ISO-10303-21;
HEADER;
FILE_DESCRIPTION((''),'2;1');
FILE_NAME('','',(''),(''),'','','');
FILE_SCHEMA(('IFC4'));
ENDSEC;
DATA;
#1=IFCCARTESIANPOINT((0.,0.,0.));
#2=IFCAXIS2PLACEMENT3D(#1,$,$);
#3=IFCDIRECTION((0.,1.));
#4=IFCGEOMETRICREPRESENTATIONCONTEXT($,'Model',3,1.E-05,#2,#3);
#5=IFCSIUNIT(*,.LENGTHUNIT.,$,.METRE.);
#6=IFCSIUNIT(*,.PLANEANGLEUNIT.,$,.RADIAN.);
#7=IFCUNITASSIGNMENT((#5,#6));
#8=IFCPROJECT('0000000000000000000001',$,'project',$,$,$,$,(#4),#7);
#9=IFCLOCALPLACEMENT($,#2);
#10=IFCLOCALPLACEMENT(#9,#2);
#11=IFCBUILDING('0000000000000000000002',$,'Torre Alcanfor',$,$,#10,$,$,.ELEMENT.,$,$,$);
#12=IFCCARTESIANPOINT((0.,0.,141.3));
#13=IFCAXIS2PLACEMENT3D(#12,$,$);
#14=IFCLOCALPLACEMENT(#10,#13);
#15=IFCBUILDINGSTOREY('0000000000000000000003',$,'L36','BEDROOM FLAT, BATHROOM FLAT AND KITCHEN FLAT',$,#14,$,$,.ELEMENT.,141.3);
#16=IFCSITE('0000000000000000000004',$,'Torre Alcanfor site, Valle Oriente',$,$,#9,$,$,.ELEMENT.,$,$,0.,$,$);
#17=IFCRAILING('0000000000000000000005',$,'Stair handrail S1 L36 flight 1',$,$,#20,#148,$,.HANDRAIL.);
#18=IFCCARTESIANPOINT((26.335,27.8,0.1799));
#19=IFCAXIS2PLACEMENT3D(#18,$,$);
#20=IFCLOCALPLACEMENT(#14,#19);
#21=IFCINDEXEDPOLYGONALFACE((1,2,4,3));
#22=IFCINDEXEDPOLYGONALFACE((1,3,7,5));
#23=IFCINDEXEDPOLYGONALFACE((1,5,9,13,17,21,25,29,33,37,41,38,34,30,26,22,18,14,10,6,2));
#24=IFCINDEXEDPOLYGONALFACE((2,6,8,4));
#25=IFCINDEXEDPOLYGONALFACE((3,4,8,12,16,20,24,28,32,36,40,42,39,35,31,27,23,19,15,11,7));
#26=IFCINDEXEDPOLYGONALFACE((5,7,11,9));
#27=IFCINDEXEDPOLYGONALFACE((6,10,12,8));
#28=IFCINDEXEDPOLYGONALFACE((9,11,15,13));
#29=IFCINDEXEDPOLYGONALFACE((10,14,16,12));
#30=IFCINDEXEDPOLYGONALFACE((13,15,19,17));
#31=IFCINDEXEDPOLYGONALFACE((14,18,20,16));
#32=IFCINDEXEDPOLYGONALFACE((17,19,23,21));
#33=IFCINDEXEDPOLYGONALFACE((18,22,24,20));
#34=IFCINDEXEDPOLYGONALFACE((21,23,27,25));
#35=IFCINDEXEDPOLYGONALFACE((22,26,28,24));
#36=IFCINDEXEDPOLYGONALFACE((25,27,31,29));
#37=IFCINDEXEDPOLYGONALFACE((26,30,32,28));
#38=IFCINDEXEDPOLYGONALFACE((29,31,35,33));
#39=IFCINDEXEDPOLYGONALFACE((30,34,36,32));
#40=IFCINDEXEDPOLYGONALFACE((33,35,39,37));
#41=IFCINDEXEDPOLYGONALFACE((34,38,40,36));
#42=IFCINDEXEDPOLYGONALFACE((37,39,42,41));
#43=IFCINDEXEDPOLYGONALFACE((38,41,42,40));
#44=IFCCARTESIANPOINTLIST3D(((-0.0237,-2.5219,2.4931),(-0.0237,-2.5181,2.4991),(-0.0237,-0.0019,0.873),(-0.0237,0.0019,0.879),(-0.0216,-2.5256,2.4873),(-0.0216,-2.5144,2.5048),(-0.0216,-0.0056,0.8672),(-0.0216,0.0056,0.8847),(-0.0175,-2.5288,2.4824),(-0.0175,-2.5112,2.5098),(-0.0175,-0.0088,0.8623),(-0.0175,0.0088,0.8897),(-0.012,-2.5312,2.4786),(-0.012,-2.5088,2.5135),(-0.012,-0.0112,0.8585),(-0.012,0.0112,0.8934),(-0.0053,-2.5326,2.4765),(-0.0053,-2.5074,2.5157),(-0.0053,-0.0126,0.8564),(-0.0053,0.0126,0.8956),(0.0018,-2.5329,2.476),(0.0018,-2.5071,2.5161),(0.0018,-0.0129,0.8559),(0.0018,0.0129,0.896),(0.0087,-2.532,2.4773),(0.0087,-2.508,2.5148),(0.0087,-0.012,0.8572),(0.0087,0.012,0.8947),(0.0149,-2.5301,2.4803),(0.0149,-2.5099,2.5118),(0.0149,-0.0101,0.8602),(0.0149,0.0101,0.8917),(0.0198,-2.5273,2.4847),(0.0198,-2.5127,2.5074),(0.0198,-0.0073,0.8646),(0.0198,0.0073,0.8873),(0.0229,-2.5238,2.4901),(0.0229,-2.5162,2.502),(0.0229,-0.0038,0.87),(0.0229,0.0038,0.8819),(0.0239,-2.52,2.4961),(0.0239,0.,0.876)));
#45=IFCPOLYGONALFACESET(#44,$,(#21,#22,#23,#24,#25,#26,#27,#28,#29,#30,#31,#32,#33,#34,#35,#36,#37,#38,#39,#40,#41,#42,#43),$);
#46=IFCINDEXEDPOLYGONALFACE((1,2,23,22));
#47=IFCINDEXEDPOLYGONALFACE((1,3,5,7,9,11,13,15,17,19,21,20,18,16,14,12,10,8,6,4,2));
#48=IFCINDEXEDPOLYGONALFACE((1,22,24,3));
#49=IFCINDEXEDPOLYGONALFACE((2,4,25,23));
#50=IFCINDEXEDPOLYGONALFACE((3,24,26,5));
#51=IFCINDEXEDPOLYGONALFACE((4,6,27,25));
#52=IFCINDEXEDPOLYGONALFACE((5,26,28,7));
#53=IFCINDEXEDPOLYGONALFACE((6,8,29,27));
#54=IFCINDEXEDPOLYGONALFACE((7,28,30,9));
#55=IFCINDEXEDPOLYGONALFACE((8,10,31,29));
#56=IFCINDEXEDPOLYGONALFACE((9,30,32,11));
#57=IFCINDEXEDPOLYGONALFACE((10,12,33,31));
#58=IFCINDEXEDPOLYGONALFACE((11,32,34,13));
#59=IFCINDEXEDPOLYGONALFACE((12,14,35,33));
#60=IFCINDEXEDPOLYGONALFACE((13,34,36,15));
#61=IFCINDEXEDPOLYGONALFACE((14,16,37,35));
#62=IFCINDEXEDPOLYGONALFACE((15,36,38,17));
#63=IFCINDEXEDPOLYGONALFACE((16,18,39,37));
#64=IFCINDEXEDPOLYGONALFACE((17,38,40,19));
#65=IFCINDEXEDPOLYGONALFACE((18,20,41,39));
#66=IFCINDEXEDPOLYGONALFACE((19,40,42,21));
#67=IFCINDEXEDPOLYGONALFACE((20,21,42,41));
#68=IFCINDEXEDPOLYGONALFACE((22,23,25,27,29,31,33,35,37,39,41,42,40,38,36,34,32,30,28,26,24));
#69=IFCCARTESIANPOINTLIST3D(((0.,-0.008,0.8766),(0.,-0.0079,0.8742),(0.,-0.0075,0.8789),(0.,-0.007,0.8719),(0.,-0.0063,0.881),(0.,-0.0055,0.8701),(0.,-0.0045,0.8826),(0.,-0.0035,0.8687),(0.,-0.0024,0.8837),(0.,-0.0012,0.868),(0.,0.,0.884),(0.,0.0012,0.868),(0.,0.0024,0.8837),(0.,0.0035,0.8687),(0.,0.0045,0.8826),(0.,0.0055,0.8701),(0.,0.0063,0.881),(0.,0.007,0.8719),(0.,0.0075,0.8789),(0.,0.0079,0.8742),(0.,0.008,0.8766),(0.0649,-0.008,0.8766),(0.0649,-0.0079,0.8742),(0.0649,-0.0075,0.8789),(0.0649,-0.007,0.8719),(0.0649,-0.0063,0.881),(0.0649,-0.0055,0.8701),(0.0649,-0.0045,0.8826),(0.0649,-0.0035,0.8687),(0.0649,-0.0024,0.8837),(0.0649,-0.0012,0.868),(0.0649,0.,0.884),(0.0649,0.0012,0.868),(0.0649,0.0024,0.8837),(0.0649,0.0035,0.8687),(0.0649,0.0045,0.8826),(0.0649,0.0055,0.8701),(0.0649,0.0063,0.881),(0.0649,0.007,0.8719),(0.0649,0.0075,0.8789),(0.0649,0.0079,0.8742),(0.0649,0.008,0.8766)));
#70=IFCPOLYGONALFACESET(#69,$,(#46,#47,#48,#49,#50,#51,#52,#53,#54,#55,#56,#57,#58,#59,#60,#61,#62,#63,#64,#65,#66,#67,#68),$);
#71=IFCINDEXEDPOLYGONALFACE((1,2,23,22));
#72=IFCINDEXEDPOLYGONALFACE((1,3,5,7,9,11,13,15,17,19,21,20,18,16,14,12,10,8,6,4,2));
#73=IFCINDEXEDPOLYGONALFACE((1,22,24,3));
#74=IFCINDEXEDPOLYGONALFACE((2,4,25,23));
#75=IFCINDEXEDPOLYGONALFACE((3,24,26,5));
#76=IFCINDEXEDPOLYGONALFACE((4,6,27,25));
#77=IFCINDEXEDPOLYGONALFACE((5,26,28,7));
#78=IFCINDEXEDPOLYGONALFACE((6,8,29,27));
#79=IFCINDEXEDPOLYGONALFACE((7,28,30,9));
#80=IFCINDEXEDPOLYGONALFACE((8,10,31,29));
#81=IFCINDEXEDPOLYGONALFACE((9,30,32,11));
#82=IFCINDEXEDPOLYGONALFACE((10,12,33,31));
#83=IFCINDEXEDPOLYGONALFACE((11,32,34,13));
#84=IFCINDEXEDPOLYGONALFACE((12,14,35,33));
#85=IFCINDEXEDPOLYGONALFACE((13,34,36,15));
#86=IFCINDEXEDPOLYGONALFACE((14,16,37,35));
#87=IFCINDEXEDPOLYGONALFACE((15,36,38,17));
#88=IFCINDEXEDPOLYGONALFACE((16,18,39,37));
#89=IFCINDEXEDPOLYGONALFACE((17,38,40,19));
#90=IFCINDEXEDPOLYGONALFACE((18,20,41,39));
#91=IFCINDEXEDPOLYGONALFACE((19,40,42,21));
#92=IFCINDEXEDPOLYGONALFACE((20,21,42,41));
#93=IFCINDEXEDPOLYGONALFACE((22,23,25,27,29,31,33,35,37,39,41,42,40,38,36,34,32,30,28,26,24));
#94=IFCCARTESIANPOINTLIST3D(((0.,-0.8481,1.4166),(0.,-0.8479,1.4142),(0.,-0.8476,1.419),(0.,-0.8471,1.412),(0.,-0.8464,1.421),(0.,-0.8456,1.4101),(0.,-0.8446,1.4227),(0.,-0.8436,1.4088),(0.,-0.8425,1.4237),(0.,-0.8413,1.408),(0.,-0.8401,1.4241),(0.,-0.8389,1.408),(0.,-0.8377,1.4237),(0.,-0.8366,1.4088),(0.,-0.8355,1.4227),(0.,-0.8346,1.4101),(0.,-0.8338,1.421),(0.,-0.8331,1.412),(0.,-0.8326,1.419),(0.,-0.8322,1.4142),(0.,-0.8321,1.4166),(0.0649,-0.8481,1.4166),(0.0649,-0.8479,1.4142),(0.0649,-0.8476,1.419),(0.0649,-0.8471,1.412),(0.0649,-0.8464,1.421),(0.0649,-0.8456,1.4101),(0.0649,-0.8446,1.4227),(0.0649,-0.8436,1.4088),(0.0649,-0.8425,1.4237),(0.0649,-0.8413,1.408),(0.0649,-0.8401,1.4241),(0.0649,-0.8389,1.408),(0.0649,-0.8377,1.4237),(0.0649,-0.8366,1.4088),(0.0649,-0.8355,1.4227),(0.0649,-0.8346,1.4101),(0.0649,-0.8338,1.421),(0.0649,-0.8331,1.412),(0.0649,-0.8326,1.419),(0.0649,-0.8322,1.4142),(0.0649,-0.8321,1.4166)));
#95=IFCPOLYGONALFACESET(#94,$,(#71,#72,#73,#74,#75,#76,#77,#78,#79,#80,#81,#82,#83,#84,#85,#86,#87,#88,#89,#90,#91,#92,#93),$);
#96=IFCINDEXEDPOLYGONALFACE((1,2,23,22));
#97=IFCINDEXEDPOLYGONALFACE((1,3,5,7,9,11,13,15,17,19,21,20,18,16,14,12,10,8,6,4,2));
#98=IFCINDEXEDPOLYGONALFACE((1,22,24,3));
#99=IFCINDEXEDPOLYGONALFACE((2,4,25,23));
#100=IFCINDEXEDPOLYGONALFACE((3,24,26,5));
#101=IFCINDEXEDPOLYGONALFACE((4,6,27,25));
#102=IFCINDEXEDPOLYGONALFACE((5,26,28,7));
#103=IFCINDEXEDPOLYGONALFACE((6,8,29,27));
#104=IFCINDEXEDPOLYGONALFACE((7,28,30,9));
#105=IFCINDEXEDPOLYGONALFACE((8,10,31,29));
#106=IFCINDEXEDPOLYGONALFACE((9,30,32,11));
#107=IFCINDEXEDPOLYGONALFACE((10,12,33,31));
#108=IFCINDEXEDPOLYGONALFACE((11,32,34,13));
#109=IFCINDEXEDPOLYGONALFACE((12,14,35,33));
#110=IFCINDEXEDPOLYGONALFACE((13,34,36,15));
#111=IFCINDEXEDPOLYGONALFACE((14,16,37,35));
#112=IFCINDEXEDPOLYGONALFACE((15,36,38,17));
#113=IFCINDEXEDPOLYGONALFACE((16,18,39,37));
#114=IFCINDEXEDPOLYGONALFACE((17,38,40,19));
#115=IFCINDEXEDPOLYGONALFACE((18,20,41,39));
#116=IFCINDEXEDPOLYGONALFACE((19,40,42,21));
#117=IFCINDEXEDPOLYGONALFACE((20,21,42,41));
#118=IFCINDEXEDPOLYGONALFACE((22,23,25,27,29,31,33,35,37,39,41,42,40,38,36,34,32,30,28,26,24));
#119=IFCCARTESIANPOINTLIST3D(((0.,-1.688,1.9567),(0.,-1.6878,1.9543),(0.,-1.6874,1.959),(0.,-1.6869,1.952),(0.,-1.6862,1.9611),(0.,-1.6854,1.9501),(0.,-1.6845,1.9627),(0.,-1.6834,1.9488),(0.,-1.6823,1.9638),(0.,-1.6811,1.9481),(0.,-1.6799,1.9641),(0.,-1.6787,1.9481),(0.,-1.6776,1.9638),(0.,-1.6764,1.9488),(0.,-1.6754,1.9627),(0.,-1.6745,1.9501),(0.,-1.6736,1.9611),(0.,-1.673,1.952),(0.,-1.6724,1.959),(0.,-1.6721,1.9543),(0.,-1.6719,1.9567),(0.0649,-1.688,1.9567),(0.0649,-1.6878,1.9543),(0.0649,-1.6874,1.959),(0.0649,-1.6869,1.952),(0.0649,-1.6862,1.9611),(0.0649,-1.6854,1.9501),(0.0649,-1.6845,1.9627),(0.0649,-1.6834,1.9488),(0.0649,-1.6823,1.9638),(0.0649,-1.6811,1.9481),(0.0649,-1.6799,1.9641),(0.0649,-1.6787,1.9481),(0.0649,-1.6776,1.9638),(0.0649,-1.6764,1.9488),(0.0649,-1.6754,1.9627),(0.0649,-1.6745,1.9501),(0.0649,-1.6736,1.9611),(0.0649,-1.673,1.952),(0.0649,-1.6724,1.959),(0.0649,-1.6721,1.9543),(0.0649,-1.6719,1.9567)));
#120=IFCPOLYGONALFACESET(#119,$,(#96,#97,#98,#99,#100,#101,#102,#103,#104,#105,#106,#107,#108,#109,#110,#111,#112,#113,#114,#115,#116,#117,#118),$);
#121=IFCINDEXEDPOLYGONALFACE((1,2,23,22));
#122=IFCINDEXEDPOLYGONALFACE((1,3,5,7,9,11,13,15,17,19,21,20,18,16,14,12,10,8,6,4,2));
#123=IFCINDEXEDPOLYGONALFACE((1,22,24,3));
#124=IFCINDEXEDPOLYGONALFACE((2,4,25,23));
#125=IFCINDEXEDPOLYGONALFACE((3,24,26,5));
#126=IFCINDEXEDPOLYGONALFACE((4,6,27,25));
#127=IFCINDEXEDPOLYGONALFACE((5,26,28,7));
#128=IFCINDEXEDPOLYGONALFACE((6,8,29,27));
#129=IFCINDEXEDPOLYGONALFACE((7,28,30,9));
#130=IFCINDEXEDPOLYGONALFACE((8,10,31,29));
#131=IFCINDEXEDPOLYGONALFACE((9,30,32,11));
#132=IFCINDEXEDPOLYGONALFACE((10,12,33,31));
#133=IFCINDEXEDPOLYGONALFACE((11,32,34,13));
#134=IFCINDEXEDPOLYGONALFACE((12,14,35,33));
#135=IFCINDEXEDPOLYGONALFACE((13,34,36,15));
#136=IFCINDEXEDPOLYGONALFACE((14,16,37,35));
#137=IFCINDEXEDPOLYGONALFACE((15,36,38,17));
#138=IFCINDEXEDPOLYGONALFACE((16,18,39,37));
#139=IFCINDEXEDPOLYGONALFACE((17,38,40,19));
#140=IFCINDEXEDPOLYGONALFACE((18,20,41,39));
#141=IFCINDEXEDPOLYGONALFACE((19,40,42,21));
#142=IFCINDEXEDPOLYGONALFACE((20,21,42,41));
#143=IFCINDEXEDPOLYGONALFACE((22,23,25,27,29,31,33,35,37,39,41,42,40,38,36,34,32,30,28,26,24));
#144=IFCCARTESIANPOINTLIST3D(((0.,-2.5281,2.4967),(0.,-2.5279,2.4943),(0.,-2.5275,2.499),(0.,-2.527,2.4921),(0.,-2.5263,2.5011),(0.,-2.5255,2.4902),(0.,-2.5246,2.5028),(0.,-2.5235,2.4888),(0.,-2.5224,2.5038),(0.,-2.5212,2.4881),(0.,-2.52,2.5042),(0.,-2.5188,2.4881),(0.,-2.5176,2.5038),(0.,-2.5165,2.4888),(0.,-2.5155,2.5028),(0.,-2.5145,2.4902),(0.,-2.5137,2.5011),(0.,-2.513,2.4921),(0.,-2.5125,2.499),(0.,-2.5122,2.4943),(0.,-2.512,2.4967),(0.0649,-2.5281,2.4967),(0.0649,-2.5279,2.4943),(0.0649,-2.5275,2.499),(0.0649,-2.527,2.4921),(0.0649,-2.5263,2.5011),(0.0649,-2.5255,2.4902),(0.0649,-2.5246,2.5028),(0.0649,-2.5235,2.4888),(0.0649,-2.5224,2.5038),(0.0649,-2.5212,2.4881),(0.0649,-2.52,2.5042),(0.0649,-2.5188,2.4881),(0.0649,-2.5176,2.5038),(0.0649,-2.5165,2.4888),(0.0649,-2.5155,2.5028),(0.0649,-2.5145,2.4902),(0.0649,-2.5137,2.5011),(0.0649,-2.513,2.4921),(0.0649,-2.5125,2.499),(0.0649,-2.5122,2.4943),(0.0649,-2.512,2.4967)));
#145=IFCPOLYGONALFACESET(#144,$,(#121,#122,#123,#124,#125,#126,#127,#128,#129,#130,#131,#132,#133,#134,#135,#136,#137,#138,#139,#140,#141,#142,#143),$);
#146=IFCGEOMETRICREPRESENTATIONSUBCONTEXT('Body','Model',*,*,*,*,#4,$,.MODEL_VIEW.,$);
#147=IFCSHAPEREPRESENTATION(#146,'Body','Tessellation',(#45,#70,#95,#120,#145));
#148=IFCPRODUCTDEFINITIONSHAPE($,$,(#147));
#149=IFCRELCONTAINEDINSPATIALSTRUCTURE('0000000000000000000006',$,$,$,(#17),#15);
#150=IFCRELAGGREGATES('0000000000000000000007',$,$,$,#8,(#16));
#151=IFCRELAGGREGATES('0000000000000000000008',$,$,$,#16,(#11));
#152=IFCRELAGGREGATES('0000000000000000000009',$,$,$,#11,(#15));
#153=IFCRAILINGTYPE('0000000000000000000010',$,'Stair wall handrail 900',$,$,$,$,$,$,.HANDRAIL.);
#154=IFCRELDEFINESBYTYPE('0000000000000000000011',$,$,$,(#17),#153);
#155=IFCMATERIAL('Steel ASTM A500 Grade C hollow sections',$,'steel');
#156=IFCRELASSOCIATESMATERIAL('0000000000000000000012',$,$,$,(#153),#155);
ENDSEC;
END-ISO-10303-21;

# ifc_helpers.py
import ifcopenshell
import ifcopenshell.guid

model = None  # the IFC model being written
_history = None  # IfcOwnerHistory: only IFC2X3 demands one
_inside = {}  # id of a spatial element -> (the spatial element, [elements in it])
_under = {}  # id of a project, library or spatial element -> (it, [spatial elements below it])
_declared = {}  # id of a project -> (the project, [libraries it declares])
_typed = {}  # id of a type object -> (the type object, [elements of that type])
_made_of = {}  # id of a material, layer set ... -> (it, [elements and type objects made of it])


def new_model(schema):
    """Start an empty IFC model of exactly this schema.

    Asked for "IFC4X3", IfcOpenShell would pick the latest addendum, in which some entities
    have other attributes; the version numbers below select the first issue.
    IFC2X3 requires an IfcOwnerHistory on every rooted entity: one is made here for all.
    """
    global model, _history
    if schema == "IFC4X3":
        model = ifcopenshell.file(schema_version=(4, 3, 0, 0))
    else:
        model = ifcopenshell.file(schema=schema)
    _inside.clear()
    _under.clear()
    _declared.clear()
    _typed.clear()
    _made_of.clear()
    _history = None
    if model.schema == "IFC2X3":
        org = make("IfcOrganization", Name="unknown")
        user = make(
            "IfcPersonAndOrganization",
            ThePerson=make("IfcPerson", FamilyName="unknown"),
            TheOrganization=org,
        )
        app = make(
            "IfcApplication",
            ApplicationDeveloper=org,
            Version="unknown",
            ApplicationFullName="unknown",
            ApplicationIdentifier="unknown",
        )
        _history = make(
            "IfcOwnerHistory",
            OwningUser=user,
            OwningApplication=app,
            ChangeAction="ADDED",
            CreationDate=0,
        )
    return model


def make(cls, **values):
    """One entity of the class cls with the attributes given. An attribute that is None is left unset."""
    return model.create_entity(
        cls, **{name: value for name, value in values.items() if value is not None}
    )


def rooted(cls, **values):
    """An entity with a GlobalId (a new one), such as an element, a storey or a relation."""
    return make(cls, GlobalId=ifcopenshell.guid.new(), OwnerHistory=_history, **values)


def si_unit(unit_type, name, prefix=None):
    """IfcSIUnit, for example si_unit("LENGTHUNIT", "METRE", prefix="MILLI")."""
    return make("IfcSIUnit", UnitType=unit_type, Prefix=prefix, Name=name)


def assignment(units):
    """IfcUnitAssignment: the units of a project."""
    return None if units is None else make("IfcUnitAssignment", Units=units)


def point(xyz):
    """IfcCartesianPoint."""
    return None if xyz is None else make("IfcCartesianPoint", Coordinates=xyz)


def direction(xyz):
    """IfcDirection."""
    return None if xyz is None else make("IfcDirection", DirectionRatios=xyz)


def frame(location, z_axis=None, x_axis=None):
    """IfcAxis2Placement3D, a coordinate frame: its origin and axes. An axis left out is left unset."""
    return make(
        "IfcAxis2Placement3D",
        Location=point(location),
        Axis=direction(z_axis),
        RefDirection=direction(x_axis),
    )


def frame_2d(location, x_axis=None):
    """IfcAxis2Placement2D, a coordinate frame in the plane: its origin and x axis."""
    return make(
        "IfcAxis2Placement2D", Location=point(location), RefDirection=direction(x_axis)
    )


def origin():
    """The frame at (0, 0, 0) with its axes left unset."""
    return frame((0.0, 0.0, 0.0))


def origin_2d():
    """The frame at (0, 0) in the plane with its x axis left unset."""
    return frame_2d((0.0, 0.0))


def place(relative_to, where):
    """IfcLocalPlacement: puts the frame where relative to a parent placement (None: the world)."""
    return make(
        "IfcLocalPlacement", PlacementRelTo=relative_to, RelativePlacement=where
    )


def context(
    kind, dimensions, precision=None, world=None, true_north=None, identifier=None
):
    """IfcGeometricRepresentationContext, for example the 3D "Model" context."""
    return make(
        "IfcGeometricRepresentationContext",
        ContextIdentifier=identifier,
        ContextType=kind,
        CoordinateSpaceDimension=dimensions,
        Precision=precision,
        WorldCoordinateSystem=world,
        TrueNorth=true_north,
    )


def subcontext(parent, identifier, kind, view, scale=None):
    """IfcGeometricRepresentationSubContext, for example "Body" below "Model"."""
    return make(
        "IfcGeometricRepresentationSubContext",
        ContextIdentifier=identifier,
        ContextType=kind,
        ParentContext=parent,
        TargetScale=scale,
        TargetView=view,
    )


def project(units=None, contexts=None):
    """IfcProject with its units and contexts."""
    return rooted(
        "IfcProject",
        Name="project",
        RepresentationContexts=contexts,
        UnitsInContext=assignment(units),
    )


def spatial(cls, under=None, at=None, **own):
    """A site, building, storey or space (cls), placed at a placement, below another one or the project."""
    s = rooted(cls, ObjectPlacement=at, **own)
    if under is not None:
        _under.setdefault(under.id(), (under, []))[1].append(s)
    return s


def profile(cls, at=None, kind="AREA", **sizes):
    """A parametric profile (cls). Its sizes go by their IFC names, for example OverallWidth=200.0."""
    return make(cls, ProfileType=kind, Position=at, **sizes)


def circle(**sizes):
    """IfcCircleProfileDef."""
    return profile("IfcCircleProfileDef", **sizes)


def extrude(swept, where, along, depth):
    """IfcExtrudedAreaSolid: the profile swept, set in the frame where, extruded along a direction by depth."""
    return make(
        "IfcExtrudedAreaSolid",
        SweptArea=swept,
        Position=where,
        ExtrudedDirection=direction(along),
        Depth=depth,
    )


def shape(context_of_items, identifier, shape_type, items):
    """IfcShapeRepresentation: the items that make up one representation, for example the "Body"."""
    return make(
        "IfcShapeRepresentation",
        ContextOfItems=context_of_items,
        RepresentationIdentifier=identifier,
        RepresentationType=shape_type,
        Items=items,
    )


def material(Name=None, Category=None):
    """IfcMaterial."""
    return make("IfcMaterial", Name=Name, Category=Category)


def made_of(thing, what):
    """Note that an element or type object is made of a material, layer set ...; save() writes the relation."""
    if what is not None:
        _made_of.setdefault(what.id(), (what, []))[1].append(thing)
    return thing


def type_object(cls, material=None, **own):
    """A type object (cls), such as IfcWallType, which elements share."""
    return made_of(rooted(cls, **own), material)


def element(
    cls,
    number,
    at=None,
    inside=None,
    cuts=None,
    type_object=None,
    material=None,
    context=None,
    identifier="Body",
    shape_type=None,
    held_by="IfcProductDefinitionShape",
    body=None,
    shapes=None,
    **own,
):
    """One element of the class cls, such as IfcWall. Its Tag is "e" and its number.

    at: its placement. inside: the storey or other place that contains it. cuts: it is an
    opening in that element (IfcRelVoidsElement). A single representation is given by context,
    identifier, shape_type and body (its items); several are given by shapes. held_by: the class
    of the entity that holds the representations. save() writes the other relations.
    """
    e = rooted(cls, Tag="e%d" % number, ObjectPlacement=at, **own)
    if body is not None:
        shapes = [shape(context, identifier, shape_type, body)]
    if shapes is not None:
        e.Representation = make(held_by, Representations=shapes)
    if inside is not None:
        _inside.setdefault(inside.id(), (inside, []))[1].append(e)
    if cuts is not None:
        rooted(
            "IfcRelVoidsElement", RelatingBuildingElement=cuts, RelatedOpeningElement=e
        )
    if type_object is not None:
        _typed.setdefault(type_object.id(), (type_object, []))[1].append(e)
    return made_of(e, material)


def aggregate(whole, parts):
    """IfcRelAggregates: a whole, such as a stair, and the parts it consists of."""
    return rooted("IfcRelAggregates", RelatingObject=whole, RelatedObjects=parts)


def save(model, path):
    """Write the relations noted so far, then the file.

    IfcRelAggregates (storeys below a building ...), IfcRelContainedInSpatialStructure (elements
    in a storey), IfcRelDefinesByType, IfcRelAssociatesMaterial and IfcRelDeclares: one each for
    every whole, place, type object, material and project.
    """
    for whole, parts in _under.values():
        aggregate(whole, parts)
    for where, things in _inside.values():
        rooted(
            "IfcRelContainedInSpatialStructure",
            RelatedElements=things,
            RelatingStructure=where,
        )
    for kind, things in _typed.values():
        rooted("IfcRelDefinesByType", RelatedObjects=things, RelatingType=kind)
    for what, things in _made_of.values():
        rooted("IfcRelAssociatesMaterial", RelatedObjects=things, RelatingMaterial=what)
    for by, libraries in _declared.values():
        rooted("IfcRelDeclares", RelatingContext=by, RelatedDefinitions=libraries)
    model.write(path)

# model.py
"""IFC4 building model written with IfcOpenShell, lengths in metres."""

from ifc_helpers import new_model, si_unit, direction, frame, origin, origin_2d, place, context, subcontext, project, spatial, circle, extrude, material, type_object, element, save


model = new_model("IFC4")

# Units and contexts
model_context = context("Model", 3, precision=1e-05, world=origin(), true_north=direction((0.0, 1.0)))
body_context = subcontext(model_context, "Body", "Model", "MODEL_VIEW")
ifc_project = project(units=[si_unit("LENGTHUNIT", "METRE"), si_unit("PLANEANGLEUNIT", "RADIAN")], contexts=[model_context])

# Site, building, storey
site_placement = place(None, origin())
site = spatial("IfcSite", under=ifc_project, at=site_placement, Name="Torre Alcanfor site, Valle Oriente", CompositionType="ELEMENT", RefElevation=0.0)
building_placement = place(site_placement, origin())
building = spatial("IfcBuilding", under=site, at=building_placement, Name="Torre Alcanfor", CompositionType="ELEMENT")
storey_placement = place(building_placement, frame((0.0, 0.0, 141.3)))
storey = spatial("IfcBuildingStorey", under=building, at=storey_placement, Name="L36", Description="BEDROOM FLAT, BATHROOM FLAT AND KITCHEN FLAT", CompositionType="ELEMENT", Elevation=141.3)

# Railing
ifc_material_1 = material(Name="Steel ASTM A500 Grade C hollow sections", Category="steel")
railing_type_1 = type_object("IfcRailingType", Name="Stair wall handrail 900", PredefinedType="HANDRAIL", material=ifc_material_1)
railing_1_placement = place(storey_placement, frame((26.335, 27.8, 0.1799)))
element("IfcRailing", 1, at=railing_1_placement, inside=storey, type_object=railing_type_1, Name="Stair handrail S1 L36 flight 1", PredefinedType="HANDRAIL", context=body_context, shape_type="SweptSolid", body=[
    extrude(circle(Radius=0.0239, at=origin_2d()), frame((0.0, 0.0, 0.876), z_axis=(0.0, -0.841163, 0.540782), x_axis=(1.0, 0.0, 0.0)), (0.0, 0.0, 1.0), 2.9958),
    extrude(circle(Radius=0.0081, at=origin_2d()), frame((0.0, 0.0, 0.876), z_axis=(1.0, 0.0, 0.0), x_axis=(0.0, 0.0, 1.0)), (0.0, 0.0, 1.0), 0.0649),
    extrude(circle(Radius=0.0081, at=origin_2d()), frame((0.0, -0.8401, 1.416), z_axis=(1.0, 0.0, 0.0), x_axis=(0.0, 0.0, 1.0)), (0.0, 0.0, 1.0), 0.0649),
    extrude(circle(Radius=0.0081, at=origin_2d()), frame((0.0, -1.6799, 1.9561), z_axis=(1.0, 0.0, 0.0), x_axis=(0.0, 0.0, 1.0)), (0.0, 0.0, 1.0), 0.0649),
    extrude(circle(Radius=0.0081, at=origin_2d()), frame((0.0, -2.52, 2.4961), z_axis=(1.0, 0.0, 0.0), x_axis=(0.0, 0.0, 1.0)), (0.0, 0.0, 1.0), 0.0649),
])

save(model, "model.ifc")
